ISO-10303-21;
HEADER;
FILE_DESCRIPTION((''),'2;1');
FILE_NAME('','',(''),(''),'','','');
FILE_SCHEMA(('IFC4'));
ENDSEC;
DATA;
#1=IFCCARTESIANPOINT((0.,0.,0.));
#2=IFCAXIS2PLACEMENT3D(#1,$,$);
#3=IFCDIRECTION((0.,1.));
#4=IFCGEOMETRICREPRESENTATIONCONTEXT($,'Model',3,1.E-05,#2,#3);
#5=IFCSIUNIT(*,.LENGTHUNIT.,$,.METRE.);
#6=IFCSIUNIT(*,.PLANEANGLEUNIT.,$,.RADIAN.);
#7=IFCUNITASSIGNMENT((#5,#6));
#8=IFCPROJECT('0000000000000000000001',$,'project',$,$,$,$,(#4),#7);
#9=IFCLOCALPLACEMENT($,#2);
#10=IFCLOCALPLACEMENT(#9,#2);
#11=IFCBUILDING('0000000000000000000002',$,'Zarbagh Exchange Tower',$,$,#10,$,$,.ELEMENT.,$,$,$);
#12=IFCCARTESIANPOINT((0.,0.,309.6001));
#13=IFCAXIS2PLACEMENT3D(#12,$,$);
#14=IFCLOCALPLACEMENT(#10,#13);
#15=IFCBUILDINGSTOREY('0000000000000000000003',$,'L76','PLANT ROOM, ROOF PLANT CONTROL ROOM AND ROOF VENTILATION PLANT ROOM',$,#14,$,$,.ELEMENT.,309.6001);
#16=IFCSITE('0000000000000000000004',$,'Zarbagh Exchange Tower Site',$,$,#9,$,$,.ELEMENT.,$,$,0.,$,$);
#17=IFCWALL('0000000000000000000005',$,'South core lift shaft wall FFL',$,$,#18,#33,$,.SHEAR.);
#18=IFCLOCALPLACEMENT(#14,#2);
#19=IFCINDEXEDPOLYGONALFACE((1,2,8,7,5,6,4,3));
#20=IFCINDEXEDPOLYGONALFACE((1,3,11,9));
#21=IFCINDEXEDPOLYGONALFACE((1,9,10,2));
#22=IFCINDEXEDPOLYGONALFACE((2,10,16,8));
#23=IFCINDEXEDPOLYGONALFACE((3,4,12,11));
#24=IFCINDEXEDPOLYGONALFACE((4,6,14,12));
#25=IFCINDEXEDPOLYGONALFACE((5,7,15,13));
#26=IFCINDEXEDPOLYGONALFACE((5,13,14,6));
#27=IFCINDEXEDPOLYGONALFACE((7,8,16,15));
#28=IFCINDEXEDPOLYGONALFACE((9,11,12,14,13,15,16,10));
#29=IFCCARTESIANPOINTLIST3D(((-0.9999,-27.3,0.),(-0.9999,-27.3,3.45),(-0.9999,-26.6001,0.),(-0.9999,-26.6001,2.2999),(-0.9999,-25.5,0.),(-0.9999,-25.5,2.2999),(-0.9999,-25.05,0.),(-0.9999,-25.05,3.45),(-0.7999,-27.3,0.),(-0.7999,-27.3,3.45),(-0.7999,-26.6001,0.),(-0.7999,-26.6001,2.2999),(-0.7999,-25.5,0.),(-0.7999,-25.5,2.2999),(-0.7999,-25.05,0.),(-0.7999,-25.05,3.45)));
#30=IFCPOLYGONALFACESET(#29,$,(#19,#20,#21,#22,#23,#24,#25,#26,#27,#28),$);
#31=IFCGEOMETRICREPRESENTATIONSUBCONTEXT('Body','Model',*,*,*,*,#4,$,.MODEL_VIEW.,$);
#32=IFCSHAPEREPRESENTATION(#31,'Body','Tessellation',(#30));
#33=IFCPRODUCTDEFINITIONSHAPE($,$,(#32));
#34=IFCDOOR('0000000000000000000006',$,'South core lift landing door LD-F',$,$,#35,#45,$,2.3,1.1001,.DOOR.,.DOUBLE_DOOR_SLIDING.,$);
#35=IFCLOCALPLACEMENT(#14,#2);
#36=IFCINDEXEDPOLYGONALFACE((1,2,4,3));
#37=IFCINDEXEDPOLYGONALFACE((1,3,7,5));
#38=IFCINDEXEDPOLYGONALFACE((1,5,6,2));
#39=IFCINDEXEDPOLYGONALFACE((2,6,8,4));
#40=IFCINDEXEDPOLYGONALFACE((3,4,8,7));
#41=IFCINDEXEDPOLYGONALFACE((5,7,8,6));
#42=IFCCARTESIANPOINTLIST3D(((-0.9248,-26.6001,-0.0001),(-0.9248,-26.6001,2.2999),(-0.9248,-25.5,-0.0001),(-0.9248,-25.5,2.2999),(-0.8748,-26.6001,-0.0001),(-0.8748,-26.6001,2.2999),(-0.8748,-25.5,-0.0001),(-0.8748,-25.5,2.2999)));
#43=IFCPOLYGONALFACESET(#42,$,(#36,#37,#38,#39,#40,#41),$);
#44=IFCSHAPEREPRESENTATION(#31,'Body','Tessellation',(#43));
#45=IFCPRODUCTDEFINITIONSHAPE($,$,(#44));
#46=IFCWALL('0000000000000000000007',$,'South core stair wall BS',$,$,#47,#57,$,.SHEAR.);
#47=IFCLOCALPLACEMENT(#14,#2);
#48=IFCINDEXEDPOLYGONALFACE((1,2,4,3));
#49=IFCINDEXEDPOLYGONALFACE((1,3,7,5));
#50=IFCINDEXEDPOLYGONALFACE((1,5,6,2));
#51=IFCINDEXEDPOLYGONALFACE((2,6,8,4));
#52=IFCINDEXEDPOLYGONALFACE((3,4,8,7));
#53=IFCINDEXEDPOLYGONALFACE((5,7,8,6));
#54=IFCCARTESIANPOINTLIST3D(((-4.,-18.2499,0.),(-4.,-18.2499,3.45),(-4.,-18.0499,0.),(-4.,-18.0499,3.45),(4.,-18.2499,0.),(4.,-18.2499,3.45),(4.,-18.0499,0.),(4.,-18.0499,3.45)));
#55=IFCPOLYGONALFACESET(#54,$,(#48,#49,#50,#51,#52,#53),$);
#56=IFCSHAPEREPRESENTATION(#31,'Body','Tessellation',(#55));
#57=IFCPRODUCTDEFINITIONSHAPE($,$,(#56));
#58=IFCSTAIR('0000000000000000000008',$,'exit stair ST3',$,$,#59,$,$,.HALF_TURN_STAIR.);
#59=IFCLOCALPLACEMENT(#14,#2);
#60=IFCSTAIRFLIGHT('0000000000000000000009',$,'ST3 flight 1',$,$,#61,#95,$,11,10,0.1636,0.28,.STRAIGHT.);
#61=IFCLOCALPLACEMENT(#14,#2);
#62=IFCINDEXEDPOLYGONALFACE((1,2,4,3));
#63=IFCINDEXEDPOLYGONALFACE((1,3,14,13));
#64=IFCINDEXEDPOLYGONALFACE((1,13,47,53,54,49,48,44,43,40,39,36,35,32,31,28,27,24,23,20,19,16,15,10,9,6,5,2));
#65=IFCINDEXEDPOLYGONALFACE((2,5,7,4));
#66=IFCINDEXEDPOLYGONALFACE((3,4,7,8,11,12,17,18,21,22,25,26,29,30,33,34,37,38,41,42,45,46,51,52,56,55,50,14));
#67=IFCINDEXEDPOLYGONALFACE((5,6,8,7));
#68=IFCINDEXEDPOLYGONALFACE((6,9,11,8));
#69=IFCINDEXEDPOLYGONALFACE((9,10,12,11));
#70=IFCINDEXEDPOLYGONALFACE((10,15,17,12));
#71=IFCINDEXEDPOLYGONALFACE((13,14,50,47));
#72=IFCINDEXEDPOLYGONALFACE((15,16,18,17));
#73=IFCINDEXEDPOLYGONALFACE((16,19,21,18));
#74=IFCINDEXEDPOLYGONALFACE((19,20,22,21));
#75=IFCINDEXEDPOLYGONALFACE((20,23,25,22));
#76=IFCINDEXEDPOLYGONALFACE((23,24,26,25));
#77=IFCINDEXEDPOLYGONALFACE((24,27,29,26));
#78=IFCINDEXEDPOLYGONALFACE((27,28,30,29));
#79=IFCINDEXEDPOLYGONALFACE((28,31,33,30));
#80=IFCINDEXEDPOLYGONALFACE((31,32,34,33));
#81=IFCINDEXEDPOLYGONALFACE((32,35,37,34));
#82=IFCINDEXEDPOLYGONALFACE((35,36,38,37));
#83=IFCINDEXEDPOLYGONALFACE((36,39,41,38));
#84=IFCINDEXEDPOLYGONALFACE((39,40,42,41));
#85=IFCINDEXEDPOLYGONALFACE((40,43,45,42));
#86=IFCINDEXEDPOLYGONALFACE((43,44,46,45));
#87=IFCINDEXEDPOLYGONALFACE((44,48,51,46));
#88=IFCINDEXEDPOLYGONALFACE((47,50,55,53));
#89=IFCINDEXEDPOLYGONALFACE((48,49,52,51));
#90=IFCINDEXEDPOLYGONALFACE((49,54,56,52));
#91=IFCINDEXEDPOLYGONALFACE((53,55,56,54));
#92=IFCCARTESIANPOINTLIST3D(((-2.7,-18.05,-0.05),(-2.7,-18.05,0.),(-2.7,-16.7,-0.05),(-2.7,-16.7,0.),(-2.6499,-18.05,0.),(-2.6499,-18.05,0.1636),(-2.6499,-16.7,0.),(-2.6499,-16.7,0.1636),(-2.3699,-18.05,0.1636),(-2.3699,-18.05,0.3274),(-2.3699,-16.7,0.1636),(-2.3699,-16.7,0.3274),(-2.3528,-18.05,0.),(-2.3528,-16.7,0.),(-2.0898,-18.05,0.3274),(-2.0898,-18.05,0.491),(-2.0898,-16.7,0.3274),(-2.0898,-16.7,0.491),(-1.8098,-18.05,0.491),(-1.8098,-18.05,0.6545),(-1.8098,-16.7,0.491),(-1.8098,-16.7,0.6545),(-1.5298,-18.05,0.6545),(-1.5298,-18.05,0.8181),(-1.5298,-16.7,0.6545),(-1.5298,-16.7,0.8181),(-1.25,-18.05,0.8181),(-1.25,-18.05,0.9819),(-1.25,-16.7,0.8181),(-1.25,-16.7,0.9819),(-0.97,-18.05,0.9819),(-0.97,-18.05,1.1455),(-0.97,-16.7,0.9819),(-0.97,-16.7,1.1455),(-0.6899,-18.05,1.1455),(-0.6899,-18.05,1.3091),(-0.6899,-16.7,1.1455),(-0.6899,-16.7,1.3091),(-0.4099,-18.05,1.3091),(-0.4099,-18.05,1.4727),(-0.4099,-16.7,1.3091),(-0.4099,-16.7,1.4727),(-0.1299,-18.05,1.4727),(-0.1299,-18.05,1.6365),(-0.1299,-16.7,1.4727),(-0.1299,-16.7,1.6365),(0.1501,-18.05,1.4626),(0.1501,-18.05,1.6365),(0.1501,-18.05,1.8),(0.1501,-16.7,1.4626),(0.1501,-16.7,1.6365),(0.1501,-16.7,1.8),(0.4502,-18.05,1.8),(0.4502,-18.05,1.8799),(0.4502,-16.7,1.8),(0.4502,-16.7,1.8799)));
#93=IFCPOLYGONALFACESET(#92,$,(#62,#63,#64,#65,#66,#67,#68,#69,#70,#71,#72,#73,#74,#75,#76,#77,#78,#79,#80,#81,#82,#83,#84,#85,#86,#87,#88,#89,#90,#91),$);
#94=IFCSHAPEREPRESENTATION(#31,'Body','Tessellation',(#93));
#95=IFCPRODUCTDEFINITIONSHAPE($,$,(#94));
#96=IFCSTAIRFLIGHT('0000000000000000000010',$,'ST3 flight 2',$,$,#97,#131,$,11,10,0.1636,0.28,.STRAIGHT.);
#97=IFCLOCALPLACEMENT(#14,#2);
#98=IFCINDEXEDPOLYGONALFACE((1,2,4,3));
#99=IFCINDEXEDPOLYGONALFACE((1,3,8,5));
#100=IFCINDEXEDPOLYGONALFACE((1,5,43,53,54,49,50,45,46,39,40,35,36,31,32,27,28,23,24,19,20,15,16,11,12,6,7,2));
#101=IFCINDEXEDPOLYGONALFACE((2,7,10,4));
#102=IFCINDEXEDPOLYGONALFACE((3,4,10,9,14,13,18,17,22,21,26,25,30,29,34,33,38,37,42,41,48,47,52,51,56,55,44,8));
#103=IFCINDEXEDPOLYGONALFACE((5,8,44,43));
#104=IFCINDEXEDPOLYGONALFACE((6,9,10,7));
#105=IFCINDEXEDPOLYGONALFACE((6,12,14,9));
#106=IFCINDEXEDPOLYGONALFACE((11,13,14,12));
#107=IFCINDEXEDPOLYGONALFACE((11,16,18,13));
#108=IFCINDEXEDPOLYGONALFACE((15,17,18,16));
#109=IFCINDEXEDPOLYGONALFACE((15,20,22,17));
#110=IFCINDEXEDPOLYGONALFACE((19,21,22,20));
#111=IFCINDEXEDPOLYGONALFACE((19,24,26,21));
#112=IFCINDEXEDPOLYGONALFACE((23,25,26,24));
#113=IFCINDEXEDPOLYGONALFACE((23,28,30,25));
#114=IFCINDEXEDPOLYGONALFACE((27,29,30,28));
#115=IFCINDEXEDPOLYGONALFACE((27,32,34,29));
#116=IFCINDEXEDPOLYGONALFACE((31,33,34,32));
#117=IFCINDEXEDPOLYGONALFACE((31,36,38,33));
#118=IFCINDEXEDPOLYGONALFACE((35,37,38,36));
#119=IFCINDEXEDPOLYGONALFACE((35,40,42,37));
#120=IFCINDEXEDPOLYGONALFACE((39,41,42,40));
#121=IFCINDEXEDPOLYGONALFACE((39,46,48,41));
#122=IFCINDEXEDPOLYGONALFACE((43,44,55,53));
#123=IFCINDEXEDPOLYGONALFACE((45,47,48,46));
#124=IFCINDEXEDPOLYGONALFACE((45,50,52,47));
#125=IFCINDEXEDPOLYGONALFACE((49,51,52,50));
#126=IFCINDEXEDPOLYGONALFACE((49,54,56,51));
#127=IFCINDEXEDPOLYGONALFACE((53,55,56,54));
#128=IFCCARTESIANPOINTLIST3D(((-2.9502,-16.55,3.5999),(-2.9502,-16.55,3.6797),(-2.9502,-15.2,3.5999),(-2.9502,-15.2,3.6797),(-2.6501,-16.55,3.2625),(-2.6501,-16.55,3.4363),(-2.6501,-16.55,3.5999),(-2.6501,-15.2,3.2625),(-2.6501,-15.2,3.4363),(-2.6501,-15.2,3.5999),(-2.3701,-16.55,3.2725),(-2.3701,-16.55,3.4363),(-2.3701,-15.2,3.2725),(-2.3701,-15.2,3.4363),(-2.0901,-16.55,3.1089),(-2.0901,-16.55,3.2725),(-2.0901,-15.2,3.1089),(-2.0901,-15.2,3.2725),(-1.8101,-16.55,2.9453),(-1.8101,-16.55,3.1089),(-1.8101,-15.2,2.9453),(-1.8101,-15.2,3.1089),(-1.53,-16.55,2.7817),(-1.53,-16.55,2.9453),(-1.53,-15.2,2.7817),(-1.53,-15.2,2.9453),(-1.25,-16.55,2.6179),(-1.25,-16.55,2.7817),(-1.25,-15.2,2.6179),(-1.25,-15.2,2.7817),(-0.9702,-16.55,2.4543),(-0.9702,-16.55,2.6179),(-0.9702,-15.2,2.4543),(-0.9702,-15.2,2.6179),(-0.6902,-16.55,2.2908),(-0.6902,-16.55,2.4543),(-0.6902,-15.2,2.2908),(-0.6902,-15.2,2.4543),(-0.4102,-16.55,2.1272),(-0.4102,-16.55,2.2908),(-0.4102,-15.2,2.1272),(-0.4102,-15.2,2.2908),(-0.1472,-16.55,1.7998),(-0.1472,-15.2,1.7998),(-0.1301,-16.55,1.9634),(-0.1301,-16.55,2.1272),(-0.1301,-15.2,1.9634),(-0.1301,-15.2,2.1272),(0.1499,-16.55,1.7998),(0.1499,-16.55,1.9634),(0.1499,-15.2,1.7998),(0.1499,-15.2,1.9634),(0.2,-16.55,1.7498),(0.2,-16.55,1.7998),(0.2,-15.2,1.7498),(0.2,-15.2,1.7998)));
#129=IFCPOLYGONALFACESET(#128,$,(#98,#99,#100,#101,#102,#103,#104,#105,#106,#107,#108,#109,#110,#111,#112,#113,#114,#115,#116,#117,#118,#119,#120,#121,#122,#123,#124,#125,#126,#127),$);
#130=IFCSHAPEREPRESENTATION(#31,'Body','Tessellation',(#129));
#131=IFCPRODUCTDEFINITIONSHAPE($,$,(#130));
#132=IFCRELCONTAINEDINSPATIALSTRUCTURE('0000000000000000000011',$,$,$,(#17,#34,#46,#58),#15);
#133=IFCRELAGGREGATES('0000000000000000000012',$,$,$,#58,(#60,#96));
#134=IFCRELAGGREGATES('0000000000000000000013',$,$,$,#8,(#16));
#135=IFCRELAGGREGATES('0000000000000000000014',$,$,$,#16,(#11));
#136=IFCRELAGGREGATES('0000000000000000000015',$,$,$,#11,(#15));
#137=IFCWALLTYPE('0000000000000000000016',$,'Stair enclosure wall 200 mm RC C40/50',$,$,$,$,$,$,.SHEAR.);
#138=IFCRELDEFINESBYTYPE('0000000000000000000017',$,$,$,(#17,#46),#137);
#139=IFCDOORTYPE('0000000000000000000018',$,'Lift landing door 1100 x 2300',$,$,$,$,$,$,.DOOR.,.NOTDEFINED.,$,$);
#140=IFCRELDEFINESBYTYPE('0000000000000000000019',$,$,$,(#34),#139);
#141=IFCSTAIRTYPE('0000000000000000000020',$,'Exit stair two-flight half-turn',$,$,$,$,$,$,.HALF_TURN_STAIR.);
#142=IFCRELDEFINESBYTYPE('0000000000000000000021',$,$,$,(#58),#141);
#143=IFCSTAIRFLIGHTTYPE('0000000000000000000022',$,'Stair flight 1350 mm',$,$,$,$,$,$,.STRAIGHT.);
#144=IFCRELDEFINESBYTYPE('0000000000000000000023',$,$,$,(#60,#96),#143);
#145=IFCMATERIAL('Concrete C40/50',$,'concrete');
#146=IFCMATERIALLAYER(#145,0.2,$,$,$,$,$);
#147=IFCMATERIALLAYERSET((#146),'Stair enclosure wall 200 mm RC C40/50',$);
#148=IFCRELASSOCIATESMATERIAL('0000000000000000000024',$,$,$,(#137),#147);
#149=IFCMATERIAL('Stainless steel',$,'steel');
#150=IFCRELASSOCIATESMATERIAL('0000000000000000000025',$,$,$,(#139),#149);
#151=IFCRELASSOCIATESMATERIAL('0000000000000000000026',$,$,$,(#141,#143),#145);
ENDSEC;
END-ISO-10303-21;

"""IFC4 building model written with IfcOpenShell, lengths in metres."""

from ifc_helpers import new_model, si_unit, direction, frame, frame_2d, origin, place, context, subcontext, project, spatial, polyline, rectangle, outline, extrude, material, layer, layer_set, type_object, element, fill, aggregate, save


model = new_model("IFC4")

# Units and contexts
model_context = context("Model", 3, precision=1e-05, world=origin(), true_north=direction((0.0, 1.0)))
body_context = subcontext(model_context, "Body", "Model", "MODEL_VIEW")
ifc_project = project(units=[si_unit("LENGTHUNIT", "METRE"), si_unit("PLANEANGLEUNIT", "RADIAN")], contexts=[model_context])

# Site, building, storey
site_placement = place(None, origin())
site = spatial("IfcSite", under=ifc_project, at=site_placement, Name="Zarbagh Exchange Tower Site", CompositionType="ELEMENT", RefElevation=0.0)
building_placement = place(site_placement, origin())
building = spatial("IfcBuilding", under=site, at=building_placement, Name="Zarbagh Exchange Tower", CompositionType="ELEMENT")
storey_placement = place(building_placement, frame((0.0, 0.0, 309.6001)))
storey = spatial("IfcBuildingStorey", under=building, at=storey_placement, Name="L76", Description="PLANT ROOM, ROOF PLANT CONTROL ROOM AND ROOF VENTILATION PLANT ROOM", CompositionType="ELEMENT", Elevation=309.6001)

# Shared definitions
ifc_material_1 = material(Name="Concrete C40/50", Category="concrete")

# Shared definitions
ifc_layer_1 = layer(ifc_material_1, 0.2)
ifc_layer_set_1 = layer_set([ifc_layer_1], Name="Stair enclosure wall 200 mm RC C40/50")
wall_type_1 = type_object("IfcWallType", Name="Stair enclosure wall 200 mm RC C40/50", PredefinedType="SHEAR", material=ifc_layer_set_1)

# Wall, opening, door
wall_1_placement = place(storey_placement, frame((-0.8999, -27.3, 0.0), z_axis=(0.0, 0.0, 1.0), x_axis=(0.0, 1.0, 0.0)))
wall_1 = element("IfcWall", 1, at=wall_1_placement, inside=storey, type_object=wall_type_1, Name="South core lift shaft wall FFL", PredefinedType="SHEAR", context=body_context, shape_type="SweptSolid", body=[
    extrude(rectangle(XDim=2.25, YDim=0.2, at=frame_2d((1.125, 0.0))), origin(), (0.0, 0.0, 1.0), 3.45),
])
opening_1_placement = place(wall_1_placement, frame((0.7, 0.0, 0.0)))
opening_1 = element("IfcOpeningElement", 2, at=opening_1_placement, cuts=wall_1, PredefinedType="OPENING", context=body_context, shape_type="SweptSolid", body=[
    extrude(rectangle(XDim=1.1001, YDim=2.3, at=frame_2d((0.55, 1.1499))), frame((0.0, 0.1099, 0.0), z_axis=(0.0, -1.0, 0.0), x_axis=(1.0, 0.0, 0.0)), (0.0, 0.0, 1.0), 0.22),
])
ifc_material_2 = material(Name="Stainless steel", Category="steel")
door_type_1 = type_object("IfcDoorType", Name="Lift landing door 1100 x 2300", OperationType="NOTDEFINED", PredefinedType="DOOR", material=ifc_material_2)
door_1_placement = place(opening_1_placement, origin())
door_1 = element("IfcDoor", 3, at=door_1_placement, inside=storey, type_object=door_type_1, Name="South core lift landing door LD-F", OperationType="DOUBLE_DOOR_SLIDING", OverallHeight=2.3, OverallWidth=1.1001, PredefinedType="DOOR", context=body_context, shape_type="SweptSolid", body=[
    extrude(rectangle(XDim=1.1001, YDim=2.3, at=frame_2d((0.55, 1.1499))), frame((0.0, 0.0249, 0.0), z_axis=(0.0, -1.0, 0.0), x_axis=(1.0, 0.0, 0.0)), (0.0, 0.0, 1.0), 0.05),
])
fill(opening_1, door_1)

# Wall
wall_2_placement = place(storey_placement, frame((4.0, -18.1499, 0.0), z_axis=(0.0, 0.0, 1.0), x_axis=(-1.0, 0.0, 0.0)))
element("IfcWall", 4, at=wall_2_placement, inside=storey, type_object=wall_type_1, Name="South core stair wall BS", PredefinedType="SHEAR", context=body_context, shape_type="SweptSolid", body=[
    extrude(rectangle(XDim=8.0, YDim=0.2, at=frame_2d((4.0, 0.0))), origin(), (0.0, 0.0, 1.0), 3.45),
])

# Stair, stair flights
stair_type = type_object("IfcStairType", Name="Exit stair two-flight half-turn", PredefinedType="HALF_TURN_STAIR", material=ifc_material_1)
stair_placement = place(storey_placement, origin())
stair = element("IfcStair", 5, at=stair_placement, inside=storey, type_object=stair_type, Name="exit stair ST3", PredefinedType="HALF_TURN_STAIR")
stair_flight_type = type_object("IfcStairFlightType", Name="Stair flight 1350 mm", PredefinedType="STRAIGHT", material=ifc_material_1)
stair_flight_1_placement = place(storey_placement, frame((-2.6499, -17.375, 0.0), z_axis=(0.0, 0.0, 1.0), x_axis=(1.0, 0.0, 0.0)))
stair_flight_1 = element("IfcStairFlight", 6, at=stair_flight_1_placement, type_object=stair_flight_type, Name="ST3 flight 1", NumberOfRisers=11, NumberOfTreads=10, PredefinedType="STRAIGHT", RiserHeight=0.1636, TreadLength=0.28, context=body_context, shape_type="SweptSolid", body=[
    extrude(outline(polyline([(-0.05, -0.05), (-0.05, 0.0), (0.0, 0.0), (0.0, 0.1636), (0.28, 0.1636), (0.28, 0.3274), (0.5601, 0.3274), (0.5601, 0.491), (0.8401, 0.491), (0.8401, 0.6545), (1.1201, 0.6545), (1.1201, 0.8181), (1.3999, 0.8181), (1.3999, 0.9819), (1.6799, 0.9819), (1.6799, 1.1455), (1.96, 1.1455), (1.96, 1.3091), (2.24, 1.3091), (2.24, 1.4727), (2.52, 1.4727), (2.52, 1.6365), (2.8, 1.6365), (2.8, 1.8), (3.1001, 1.8799), (3.1001, 1.8), (2.8, 1.4626), (0.2971, 0.0), (-0.05, -0.05)])), frame((0.0, 0.675, 0.0), z_axis=(0.0, -1.0, 0.0), x_axis=(1.0, 0.0, 0.0)), (0.0, 0.0, 1.0), 1.3501),
])
stair_flight_2_placement = place(storey_placement, frame((0.1499, -15.875, 1.7998), z_axis=(0.0, 0.0, 1.0), x_axis=(-1.0, 0.0, 0.0)))
stair_flight_2 = element("IfcStairFlight", 7, at=stair_flight_2_placement, type_object=stair_flight_type, Name="ST3 flight 2", NumberOfRisers=11, NumberOfTreads=10, PredefinedType="STRAIGHT", RiserHeight=0.1636, TreadLength=0.28, context=body_context, shape_type="SweptSolid", body=[
    extrude(outline(polyline([(-0.05, -0.05), (-0.05, 0.0), (0.0, 0.0), (0.0, 0.1636), (0.28, 0.1636), (0.28, 0.3274), (0.5601, 0.3274), (0.5601, 0.491), (0.8401, 0.491), (0.8401, 0.6545), (1.1201, 0.6545), (1.1201, 0.8181), (1.3999, 0.8181), (1.3999, 0.9819), (1.6799, 0.9819), (1.6799, 1.1455), (1.96, 1.1455), (1.96, 1.3091), (2.24, 1.3091), (2.24, 1.4727), (2.52, 1.4727), (2.52, 1.6365), (2.8, 1.6365), (2.8, 1.8), (3.1001, 1.8799), (3.1001, 1.8), (2.8, 1.4626), (0.2971, 0.0), (-0.05, -0.05)])), frame((0.0, 0.675, 0.0), z_axis=(0.0, -1.0, 0.0), x_axis=(1.0, 0.0, 0.0)), (0.0, 0.0, 1.0), 1.3501),
])
aggregate(stair, [stair_flight_1, stair_flight_2])

save(model, "model.ifc")
